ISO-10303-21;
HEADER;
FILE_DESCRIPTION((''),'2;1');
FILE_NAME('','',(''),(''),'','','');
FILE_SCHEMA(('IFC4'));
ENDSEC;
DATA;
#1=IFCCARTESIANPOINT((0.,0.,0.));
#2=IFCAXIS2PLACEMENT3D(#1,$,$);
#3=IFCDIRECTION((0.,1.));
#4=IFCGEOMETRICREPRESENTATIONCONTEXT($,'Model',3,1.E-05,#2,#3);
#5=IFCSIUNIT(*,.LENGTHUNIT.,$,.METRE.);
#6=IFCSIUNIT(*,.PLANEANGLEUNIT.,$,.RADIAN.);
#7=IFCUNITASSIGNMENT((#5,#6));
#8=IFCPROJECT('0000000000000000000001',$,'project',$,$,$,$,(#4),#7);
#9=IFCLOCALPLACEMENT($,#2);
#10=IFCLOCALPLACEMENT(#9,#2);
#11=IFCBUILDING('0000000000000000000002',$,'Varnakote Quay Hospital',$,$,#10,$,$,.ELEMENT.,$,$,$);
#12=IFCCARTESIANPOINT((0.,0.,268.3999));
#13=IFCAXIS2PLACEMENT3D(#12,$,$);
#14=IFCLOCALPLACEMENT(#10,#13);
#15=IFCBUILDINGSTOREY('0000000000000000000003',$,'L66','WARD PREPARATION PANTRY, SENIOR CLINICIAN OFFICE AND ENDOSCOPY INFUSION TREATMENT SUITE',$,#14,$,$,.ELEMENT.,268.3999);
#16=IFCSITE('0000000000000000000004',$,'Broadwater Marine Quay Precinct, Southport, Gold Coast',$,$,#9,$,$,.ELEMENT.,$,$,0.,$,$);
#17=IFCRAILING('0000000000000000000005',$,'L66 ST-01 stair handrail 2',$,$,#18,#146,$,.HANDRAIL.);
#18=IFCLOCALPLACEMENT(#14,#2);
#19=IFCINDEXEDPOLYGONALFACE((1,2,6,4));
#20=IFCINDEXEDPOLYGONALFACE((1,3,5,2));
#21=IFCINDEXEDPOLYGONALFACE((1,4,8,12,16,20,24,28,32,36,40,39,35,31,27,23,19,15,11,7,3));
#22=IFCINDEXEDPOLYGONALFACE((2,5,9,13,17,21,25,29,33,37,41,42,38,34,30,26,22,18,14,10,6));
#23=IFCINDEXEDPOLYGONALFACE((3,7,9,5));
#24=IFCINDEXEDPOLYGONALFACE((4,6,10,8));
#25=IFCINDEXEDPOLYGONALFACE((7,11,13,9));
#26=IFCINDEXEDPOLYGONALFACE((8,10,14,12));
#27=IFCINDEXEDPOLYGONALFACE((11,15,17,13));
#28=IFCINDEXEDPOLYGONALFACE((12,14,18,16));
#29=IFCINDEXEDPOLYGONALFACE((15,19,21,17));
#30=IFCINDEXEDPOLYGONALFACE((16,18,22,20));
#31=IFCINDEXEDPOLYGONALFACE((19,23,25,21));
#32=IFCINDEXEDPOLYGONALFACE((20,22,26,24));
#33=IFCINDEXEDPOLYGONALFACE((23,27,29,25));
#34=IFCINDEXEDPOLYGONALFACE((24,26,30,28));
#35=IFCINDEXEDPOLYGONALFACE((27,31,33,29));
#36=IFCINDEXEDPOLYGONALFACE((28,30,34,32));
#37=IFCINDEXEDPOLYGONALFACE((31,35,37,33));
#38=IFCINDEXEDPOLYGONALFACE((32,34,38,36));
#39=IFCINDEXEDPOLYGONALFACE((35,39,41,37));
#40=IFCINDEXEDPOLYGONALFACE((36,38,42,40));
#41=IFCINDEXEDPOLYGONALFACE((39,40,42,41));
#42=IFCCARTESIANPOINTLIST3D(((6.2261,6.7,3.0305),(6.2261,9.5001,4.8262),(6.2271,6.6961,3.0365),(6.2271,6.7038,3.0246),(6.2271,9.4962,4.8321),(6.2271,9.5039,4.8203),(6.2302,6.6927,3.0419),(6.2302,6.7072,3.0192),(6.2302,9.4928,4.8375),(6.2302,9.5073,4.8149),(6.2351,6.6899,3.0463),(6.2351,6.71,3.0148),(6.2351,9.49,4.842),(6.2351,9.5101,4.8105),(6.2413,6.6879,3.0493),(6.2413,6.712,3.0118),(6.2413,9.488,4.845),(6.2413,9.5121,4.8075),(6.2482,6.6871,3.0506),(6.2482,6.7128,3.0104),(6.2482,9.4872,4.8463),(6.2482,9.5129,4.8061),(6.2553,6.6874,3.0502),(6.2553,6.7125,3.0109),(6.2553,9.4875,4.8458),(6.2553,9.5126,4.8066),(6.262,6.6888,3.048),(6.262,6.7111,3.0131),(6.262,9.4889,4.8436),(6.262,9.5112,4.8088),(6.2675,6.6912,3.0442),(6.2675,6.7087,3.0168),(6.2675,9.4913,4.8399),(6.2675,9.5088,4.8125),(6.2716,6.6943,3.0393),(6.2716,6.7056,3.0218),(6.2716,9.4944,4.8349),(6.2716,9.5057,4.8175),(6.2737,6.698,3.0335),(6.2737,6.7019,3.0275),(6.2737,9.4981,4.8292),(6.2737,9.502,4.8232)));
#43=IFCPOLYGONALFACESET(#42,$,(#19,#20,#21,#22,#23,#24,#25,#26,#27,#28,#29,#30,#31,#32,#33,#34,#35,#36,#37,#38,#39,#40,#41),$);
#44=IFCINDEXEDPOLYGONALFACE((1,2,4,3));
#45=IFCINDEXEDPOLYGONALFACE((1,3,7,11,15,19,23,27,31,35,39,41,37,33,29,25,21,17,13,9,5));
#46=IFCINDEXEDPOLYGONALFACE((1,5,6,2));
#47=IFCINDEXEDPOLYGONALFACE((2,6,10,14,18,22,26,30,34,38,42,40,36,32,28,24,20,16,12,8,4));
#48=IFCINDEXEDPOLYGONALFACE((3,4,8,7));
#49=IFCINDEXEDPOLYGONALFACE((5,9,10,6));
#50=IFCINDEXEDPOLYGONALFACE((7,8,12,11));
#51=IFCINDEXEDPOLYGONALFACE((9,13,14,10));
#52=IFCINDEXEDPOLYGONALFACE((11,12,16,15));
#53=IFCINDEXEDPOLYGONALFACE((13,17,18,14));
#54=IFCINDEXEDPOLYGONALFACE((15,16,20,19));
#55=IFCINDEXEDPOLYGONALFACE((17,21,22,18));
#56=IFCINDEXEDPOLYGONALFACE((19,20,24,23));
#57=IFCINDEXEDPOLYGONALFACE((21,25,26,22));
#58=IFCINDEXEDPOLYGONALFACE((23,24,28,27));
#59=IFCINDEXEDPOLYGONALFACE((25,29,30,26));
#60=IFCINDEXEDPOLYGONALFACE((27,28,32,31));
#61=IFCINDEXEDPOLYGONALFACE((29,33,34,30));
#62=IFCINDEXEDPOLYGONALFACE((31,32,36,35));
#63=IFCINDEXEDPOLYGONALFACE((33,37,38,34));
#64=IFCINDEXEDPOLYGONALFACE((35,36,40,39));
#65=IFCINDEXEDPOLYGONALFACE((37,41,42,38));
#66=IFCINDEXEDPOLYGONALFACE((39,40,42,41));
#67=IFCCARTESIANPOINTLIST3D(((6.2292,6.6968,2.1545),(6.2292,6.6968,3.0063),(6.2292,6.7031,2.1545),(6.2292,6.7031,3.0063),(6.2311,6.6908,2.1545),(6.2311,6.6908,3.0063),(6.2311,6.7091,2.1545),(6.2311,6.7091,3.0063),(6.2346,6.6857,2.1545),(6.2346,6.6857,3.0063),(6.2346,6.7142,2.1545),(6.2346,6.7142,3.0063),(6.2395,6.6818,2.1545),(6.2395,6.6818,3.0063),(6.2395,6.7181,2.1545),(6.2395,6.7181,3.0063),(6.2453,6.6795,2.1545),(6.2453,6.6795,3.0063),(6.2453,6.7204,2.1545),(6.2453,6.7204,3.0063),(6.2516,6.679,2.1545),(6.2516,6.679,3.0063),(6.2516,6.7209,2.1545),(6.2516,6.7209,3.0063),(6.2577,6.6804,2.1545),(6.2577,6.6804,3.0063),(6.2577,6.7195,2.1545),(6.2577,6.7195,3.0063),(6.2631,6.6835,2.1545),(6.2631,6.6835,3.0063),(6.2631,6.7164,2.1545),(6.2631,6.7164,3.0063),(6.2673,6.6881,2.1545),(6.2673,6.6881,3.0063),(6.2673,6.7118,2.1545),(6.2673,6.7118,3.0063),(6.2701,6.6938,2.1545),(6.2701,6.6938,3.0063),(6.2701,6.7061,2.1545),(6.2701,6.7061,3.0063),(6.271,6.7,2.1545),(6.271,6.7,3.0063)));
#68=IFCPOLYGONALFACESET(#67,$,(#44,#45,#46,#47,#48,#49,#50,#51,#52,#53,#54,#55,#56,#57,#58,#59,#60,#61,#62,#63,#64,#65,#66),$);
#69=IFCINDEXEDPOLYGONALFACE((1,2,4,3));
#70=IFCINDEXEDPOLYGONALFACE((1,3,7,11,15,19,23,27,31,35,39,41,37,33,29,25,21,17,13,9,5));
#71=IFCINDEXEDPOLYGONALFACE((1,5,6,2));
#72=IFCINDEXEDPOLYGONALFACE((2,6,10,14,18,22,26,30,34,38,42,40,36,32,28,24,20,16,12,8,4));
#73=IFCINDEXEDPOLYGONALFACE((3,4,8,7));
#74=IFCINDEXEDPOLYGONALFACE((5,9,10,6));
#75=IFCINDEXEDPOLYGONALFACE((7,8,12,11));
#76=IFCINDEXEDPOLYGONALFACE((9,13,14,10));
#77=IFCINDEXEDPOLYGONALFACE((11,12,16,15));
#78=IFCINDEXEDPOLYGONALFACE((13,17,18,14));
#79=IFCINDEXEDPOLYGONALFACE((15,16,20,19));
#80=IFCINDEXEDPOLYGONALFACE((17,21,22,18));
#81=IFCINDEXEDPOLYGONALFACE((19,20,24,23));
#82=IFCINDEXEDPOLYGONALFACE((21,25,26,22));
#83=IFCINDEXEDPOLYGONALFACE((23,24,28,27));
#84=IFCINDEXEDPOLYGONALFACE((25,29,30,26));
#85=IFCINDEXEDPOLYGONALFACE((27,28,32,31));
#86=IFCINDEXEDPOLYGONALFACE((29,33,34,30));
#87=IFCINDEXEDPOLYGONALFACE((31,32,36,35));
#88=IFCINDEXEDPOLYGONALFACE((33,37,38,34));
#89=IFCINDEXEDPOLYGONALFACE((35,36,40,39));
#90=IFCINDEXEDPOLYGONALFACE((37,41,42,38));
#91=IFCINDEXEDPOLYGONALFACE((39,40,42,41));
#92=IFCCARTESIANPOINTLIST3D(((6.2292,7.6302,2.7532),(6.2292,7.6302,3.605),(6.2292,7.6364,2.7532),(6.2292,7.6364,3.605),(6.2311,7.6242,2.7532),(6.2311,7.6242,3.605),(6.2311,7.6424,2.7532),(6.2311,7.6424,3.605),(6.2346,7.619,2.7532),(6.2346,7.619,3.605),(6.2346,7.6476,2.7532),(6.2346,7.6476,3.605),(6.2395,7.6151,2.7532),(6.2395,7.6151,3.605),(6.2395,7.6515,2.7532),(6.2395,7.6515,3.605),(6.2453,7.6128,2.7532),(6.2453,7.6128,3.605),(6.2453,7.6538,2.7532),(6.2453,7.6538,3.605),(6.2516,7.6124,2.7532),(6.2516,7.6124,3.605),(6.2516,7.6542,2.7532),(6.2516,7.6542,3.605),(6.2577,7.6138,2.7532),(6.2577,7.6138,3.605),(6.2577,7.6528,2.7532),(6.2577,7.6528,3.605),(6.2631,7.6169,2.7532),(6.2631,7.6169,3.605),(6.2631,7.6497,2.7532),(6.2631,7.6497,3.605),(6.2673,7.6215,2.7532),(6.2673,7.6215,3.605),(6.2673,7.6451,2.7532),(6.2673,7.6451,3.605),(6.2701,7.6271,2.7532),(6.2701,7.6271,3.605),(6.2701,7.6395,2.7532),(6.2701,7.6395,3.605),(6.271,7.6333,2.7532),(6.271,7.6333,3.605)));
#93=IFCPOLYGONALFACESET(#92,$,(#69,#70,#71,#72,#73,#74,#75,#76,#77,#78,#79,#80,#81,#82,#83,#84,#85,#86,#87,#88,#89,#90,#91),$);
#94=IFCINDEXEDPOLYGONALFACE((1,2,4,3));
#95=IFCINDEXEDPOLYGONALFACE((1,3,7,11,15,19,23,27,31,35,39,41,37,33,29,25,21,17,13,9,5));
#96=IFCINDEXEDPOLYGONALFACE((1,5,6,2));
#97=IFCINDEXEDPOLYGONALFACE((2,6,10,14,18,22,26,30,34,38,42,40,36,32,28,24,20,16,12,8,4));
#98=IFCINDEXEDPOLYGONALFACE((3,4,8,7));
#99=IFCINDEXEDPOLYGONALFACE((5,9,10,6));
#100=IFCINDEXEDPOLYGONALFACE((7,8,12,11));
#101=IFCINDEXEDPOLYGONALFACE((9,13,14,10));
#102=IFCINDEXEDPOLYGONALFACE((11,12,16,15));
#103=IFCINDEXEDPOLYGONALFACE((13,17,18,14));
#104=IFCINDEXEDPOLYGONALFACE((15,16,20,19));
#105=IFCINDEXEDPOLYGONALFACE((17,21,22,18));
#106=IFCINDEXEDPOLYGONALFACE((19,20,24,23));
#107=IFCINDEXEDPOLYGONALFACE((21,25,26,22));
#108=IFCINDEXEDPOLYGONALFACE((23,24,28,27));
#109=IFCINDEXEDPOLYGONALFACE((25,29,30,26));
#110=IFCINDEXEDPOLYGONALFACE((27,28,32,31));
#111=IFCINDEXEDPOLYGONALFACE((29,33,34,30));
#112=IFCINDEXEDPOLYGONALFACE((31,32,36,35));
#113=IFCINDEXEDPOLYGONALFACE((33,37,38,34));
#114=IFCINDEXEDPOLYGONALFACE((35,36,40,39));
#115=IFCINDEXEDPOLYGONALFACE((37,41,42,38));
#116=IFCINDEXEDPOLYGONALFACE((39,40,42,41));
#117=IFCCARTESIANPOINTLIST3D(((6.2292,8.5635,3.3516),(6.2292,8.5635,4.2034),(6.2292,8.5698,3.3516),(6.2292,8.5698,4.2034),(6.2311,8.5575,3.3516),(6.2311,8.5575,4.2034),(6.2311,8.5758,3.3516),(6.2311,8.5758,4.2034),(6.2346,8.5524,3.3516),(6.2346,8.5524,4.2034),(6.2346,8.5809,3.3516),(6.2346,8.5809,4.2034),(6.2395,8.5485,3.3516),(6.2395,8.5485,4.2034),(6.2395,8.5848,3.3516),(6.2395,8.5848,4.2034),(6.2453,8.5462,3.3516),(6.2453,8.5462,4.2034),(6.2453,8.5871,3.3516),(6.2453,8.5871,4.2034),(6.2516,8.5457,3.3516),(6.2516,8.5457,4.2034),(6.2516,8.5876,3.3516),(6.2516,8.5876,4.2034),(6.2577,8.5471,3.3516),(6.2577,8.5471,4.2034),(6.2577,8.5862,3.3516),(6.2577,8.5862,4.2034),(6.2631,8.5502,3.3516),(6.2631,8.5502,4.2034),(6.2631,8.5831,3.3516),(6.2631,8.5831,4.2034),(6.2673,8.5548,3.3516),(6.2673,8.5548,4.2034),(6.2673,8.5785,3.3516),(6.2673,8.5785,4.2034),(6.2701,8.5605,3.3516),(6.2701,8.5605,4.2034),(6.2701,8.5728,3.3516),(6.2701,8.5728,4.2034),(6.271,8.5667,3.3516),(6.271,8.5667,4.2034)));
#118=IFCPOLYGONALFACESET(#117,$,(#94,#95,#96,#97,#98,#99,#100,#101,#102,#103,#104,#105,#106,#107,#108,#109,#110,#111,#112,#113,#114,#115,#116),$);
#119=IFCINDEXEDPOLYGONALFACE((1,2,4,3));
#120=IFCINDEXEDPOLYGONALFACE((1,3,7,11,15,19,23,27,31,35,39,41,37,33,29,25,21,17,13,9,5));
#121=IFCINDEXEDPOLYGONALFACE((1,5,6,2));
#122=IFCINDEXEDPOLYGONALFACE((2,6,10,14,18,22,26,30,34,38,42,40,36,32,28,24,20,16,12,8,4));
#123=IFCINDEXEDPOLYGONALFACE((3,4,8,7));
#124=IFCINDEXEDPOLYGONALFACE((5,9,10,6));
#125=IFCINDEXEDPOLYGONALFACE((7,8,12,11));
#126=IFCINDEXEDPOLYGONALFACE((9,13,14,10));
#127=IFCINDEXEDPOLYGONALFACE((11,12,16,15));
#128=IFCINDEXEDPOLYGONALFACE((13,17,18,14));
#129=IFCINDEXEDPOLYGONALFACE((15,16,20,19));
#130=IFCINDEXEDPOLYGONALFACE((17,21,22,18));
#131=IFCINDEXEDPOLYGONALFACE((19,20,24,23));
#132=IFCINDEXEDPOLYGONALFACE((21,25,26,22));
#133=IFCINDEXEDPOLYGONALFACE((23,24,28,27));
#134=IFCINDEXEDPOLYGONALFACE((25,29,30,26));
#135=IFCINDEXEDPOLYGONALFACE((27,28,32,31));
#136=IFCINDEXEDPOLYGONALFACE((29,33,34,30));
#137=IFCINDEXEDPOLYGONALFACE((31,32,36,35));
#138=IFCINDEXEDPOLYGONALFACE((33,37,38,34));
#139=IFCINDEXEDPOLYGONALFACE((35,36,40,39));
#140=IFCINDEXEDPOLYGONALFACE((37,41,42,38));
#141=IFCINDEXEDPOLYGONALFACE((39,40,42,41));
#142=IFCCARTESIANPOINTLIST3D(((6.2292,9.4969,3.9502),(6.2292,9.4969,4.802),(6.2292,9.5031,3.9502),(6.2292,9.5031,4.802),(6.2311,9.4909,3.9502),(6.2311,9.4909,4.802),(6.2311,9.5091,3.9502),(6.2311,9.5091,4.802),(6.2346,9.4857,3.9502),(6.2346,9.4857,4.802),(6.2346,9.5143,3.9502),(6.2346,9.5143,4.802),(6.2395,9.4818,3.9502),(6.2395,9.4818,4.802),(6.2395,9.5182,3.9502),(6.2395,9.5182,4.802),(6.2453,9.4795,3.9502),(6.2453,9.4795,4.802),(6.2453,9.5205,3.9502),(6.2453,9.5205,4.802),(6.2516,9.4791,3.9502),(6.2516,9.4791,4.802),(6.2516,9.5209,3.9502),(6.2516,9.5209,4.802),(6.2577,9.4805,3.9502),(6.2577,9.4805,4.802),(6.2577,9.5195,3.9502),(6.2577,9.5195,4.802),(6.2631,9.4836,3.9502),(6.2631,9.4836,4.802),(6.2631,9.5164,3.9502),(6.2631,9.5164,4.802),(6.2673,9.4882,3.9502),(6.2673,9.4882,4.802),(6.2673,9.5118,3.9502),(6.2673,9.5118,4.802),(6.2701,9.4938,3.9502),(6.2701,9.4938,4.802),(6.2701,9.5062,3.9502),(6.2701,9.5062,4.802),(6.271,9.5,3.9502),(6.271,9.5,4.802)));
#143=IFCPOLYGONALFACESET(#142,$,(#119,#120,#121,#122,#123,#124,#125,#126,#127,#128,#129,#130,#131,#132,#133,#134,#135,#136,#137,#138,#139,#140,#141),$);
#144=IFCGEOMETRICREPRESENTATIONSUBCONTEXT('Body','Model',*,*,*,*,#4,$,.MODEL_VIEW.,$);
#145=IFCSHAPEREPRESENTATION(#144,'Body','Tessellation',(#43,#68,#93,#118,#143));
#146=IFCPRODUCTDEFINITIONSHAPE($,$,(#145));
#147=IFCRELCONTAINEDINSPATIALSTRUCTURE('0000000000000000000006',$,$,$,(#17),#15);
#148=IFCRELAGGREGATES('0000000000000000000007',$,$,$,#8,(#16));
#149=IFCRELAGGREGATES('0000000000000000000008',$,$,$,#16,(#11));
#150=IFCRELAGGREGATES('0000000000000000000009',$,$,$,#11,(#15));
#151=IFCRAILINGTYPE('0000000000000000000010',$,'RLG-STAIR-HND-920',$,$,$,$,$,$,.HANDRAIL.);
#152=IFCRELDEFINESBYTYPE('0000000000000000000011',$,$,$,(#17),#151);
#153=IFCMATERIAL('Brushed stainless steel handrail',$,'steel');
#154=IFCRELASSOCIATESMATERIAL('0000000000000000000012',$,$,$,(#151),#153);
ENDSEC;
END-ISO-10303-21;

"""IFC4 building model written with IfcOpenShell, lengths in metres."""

from ifc_helpers import new_model, si_unit, direction, frame, origin, origin_2d, place, context, subcontext, project, spatial, circle, extrude, material, type_object, element, save


model = new_model("IFC4")

# Units and contexts
model_context = context("Model", 3, precision=1e-05, world=origin(), true_north=direction((0.0, 1.0)))
body_context = subcontext(model_context, "Body", "Model", "MODEL_VIEW")
ifc_project = project(units=[si_unit("LENGTHUNIT", "METRE"), si_unit("PLANEANGLEUNIT", "RADIAN")], contexts=[model_context])

# Site, building, storey
site_placement = place(None, origin())
site = spatial("IfcSite", under=ifc_project, at=site_placement, Name="Broadwater Marine Quay Precinct, Southport, Gold Coast", CompositionType="ELEMENT", RefElevation=0.0)
building_placement = place(site_placement, origin())
building = spatial("IfcBuilding", under=site, at=building_placement, Name="Varnakote Quay Hospital", CompositionType="ELEMENT")
storey_placement = place(building_placement, frame((0.0, 0.0, 268.3999)))
storey = spatial("IfcBuildingStorey", under=building, at=storey_placement, Name="L66", Description="WARD PREPARATION PANTRY, SENIOR CLINICIAN OFFICE AND ENDOSCOPY INFUSION TREATMENT SUITE", CompositionType="ELEMENT", Elevation=268.3999)

# Railing
ifc_material_1 = material(Name="Brushed stainless steel handrail", Category="steel")
railing_type_1 = type_object("IfcRailingType", Name="RLG-STAIR-HND-920", PredefinedType="HANDRAIL", material=ifc_material_1)
railing_1_placement = place(storey_placement, frame((6.25, 6.7, 2.1545)))
element("IfcRailing", 1, at=railing_1_placement, inside=storey, type_object=railing_type_1, Name="L66 ST-01 stair handrail 2", PredefinedType="HANDRAIL", context=body_context, shape_type="SweptSolid", body=[
    extrude(circle(Radius=0.0239, at=origin_2d()), frame((0.0, 0.0, 0.876), z_axis=(0.0, 0.841777, 0.539826), x_axis=(-1.0, 0.0, 0.0)), (0.0, 0.0, 1.0), 3.3264),
    extrude(circle(Radius=0.021, at=origin_2d()), origin(), (0.0, 0.0, 1.0), 0.8518),
    extrude(circle(Radius=0.021, at=origin_2d()), frame((0.0, 0.9333, 0.5986)), (0.0, 0.0, 1.0), 0.8518),
    extrude(circle(Radius=0.021, at=origin_2d()), frame((0.0, 1.8667, 1.197)), (0.0, 0.0, 1.0), 0.8518),
    extrude(circle(Radius=0.021, at=origin_2d()), frame((0.0, 2.8, 1.7957)), (0.0, 0.0, 1.0), 0.8518),
])

save(model, "model.ifc")
